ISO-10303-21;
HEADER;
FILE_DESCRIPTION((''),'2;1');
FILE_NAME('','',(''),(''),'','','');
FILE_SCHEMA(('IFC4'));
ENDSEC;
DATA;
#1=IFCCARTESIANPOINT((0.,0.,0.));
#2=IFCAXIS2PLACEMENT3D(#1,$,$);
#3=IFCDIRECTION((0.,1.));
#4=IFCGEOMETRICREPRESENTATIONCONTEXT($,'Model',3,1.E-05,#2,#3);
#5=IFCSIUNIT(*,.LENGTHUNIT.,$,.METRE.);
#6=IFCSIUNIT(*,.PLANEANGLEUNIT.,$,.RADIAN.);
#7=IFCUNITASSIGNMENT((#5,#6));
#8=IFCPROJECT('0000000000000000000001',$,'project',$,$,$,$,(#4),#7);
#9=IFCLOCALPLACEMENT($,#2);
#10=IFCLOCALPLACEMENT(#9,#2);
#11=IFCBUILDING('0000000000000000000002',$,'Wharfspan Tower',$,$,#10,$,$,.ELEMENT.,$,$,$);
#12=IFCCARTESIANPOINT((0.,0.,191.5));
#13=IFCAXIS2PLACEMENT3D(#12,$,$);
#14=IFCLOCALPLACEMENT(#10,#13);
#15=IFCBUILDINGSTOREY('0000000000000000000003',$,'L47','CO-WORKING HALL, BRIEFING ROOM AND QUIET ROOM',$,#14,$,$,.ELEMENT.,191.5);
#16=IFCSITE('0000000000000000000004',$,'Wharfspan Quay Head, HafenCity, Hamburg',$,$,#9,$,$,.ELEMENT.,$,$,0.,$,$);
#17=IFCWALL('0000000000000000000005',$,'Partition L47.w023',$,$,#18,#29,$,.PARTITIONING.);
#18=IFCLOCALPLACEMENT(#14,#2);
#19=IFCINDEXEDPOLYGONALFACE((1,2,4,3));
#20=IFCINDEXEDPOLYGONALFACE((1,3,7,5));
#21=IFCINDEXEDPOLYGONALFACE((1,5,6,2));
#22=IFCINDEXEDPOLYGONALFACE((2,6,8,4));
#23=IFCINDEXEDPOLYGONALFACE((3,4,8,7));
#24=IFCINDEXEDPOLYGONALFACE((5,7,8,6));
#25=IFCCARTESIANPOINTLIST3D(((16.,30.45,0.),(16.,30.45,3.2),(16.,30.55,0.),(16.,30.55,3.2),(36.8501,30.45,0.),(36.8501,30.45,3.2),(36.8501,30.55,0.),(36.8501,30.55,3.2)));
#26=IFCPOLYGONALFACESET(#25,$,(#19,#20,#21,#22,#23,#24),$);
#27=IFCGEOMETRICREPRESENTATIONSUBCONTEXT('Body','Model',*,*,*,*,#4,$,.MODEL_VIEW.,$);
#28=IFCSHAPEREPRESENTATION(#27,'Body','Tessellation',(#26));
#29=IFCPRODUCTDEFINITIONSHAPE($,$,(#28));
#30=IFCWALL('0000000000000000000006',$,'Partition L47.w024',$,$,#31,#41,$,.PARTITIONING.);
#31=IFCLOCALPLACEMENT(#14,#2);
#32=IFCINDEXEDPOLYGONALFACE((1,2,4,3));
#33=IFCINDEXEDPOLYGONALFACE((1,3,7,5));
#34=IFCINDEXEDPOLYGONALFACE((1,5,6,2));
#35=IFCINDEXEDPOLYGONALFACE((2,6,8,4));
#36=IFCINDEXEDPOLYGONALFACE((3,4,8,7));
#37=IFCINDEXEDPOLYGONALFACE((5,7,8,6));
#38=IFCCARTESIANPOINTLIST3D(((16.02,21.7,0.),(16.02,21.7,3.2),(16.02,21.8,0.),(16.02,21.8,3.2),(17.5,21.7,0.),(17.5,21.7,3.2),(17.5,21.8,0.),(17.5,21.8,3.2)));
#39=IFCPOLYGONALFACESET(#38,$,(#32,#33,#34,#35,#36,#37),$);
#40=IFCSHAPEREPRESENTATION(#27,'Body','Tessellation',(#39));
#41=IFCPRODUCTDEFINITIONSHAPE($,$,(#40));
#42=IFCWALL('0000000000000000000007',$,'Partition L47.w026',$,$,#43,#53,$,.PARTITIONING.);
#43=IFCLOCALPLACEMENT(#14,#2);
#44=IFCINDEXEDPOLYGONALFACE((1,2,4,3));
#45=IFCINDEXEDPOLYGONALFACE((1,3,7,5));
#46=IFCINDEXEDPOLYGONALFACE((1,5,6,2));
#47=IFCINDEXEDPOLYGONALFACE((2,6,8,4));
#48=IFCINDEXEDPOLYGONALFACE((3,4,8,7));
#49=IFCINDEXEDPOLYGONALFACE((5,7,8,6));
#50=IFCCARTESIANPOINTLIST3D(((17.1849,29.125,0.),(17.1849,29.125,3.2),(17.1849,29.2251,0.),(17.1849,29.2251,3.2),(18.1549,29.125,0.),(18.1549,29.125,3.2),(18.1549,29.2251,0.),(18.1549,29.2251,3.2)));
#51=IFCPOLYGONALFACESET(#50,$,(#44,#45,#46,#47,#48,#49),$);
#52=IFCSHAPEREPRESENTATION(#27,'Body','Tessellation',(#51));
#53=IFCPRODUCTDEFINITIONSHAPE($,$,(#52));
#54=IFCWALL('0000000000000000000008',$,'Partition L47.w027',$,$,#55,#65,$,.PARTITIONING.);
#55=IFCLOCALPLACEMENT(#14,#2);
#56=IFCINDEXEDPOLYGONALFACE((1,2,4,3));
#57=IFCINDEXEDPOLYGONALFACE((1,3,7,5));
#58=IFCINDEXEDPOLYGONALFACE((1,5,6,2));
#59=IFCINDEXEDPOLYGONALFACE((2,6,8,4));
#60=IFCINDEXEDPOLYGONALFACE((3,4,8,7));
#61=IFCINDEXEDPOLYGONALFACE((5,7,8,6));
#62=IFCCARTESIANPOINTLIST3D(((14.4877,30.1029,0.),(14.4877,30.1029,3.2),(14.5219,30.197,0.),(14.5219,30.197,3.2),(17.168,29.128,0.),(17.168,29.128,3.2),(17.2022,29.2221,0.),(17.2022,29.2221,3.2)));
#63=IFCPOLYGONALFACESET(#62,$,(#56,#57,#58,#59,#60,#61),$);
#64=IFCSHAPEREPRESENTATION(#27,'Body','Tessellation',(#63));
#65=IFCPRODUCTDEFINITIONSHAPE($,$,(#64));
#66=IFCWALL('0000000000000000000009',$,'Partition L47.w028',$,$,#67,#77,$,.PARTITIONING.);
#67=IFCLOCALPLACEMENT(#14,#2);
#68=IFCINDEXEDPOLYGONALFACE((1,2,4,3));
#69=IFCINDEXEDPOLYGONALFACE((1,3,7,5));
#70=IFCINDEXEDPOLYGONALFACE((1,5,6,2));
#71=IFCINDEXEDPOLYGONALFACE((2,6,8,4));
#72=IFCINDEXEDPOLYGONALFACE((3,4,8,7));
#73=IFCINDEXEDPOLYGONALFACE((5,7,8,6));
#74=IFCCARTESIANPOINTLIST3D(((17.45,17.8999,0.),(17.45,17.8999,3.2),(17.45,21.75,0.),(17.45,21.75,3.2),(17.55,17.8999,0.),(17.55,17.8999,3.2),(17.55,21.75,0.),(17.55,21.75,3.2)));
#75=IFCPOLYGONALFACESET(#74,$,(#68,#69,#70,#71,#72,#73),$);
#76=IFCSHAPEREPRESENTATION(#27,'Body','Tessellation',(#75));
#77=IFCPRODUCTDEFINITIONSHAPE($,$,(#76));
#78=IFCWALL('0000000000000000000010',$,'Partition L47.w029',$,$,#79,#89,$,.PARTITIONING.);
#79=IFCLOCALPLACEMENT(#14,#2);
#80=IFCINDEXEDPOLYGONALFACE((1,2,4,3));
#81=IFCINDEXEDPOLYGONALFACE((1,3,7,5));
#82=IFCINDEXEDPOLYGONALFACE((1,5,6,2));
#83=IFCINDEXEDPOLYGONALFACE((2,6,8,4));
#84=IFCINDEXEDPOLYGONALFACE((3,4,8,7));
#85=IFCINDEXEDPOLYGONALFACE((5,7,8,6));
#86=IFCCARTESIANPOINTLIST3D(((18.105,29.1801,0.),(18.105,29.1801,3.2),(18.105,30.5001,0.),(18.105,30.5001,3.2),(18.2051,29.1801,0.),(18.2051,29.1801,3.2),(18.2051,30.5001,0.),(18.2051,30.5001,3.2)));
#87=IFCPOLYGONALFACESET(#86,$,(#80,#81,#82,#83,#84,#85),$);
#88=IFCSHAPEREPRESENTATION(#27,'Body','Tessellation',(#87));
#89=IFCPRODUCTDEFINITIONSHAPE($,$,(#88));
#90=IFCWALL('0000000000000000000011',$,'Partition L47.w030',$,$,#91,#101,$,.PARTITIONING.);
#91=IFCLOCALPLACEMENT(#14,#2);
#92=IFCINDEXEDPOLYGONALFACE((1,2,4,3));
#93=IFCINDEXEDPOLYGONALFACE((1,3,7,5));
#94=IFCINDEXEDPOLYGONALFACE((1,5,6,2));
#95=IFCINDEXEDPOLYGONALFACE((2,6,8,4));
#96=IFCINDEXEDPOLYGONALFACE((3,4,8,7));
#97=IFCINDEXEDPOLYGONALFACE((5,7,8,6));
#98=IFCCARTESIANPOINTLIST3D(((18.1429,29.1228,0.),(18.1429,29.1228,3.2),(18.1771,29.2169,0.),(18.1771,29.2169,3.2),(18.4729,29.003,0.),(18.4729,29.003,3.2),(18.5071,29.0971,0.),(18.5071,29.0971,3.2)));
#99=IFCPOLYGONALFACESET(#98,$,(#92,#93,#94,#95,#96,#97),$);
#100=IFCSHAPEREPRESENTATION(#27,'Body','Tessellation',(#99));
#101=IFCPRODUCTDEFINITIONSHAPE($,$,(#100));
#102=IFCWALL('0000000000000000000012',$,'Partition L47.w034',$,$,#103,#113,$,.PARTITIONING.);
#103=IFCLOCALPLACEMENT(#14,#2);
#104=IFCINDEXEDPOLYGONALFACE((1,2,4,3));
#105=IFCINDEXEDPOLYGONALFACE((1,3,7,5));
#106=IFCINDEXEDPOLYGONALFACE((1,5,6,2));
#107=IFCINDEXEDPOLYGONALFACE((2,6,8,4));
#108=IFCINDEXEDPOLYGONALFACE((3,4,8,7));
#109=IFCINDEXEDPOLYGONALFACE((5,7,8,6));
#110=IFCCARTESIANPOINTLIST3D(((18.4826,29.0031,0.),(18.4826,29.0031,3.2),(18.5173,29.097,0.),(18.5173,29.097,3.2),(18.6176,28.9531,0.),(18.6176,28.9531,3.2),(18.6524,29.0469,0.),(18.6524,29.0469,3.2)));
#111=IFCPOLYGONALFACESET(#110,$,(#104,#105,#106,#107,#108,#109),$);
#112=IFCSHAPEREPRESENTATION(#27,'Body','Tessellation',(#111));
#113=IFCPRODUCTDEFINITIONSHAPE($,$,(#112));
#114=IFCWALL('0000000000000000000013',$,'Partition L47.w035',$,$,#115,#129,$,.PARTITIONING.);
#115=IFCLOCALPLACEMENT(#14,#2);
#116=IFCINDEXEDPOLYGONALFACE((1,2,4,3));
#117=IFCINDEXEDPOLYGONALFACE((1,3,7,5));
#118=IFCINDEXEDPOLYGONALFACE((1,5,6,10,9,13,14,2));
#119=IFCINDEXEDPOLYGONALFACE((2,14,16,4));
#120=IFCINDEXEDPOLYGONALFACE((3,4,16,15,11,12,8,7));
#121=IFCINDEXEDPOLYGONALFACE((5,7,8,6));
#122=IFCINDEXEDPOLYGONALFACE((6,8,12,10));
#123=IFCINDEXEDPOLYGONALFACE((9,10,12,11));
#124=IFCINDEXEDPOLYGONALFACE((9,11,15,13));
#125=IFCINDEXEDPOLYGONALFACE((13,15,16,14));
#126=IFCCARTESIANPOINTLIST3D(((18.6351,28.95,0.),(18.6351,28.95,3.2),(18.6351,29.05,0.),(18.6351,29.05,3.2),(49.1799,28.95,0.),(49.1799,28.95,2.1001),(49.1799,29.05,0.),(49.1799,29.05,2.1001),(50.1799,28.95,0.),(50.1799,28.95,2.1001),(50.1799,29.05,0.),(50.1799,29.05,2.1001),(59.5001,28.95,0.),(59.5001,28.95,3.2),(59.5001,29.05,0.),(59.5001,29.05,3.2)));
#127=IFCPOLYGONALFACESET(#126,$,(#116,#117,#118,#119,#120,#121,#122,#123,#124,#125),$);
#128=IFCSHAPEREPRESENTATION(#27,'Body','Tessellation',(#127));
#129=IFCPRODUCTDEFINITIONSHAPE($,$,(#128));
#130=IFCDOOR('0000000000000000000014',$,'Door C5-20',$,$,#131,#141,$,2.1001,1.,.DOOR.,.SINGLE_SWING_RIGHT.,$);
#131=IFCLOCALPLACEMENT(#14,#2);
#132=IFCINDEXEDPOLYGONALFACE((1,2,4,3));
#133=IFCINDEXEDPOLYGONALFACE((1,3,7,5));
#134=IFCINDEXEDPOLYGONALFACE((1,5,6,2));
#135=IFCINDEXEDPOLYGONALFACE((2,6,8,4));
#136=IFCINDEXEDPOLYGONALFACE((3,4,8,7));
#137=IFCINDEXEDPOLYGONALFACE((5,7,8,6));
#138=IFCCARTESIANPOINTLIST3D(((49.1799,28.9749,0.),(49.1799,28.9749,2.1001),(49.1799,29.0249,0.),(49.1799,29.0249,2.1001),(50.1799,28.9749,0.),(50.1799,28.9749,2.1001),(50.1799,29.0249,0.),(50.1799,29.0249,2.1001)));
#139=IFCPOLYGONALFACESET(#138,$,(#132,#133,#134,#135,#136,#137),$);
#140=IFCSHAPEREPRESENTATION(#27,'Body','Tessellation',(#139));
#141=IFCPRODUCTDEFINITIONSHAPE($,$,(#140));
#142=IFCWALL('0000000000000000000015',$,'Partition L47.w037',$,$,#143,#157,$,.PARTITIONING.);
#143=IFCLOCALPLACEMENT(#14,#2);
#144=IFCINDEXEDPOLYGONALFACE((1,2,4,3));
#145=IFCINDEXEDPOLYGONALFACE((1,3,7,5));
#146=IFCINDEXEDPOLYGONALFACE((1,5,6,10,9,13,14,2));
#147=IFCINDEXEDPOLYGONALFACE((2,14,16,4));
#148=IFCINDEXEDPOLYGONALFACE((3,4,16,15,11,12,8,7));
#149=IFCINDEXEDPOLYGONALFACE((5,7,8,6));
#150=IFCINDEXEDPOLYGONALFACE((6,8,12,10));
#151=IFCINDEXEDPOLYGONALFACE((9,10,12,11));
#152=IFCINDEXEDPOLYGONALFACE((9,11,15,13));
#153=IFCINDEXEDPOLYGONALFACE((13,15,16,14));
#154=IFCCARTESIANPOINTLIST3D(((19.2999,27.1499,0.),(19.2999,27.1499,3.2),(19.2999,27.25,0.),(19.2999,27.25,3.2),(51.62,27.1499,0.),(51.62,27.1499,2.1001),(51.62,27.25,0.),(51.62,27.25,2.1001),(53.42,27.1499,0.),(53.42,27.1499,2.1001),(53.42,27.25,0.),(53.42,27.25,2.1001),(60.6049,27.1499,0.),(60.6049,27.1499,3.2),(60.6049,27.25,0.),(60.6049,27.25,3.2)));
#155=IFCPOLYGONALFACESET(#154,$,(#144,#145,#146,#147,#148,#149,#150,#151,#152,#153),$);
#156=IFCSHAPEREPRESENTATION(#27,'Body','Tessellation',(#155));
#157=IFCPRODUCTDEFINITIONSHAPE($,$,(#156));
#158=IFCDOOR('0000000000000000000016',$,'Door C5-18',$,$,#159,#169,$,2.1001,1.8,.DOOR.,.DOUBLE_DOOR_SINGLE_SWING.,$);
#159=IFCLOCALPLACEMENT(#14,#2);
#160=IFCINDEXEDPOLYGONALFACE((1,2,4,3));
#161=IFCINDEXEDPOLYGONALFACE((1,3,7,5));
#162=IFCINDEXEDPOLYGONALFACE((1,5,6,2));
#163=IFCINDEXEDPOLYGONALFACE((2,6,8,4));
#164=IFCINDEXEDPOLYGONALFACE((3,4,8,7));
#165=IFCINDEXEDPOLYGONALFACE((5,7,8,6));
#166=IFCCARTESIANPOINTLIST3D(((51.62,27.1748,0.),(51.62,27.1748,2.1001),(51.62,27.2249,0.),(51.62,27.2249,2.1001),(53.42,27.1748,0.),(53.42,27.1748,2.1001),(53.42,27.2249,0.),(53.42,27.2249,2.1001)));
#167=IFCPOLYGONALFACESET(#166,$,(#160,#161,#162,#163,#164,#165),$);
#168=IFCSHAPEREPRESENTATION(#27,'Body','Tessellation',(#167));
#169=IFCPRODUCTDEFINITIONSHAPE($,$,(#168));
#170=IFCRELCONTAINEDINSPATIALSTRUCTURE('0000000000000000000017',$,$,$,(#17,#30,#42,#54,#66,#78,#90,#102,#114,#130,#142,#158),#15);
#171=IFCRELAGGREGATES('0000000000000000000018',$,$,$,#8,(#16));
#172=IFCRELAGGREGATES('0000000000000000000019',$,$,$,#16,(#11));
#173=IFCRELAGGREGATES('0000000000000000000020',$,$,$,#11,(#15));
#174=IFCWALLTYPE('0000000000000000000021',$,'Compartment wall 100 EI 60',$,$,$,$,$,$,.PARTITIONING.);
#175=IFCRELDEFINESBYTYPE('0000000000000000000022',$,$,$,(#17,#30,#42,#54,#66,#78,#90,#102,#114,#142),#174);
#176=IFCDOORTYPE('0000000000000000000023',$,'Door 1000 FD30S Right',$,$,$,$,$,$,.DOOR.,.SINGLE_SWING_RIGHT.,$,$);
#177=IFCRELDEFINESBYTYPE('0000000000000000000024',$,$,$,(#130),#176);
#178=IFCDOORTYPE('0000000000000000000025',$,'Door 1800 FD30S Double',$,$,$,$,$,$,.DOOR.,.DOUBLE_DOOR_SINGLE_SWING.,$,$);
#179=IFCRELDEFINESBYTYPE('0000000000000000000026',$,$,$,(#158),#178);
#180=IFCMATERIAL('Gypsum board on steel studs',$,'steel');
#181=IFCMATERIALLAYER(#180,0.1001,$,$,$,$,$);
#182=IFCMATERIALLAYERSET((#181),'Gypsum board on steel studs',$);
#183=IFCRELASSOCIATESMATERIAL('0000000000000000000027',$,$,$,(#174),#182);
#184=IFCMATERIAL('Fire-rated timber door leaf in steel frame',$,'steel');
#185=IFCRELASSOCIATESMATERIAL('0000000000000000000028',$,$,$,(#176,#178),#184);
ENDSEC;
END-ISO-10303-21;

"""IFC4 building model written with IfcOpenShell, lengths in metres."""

from ifc_helpers import new_model, si_unit, direction, frame, frame_2d, origin, place, context, subcontext, project, spatial, rectangle, extrude, material, layer, layer_set, type_object, element, fill, save


model = new_model("IFC4")

# Units and contexts
model_context = context("Model", 3, precision=1e-05, world=origin(), true_north=direction((0.0, 1.0)))
body_context = subcontext(model_context, "Body", "Model", "MODEL_VIEW")
ifc_project = project(units=[si_unit("LENGTHUNIT", "METRE"), si_unit("PLANEANGLEUNIT", "RADIAN")], contexts=[model_context])

# Site, building, storey
site_placement = place(None, origin())
site = spatial("IfcSite", under=ifc_project, at=site_placement, Name="Wharfspan Quay Head, HafenCity, Hamburg", CompositionType="ELEMENT", RefElevation=0.0)
building_placement = place(site_placement, origin())
building = spatial("IfcBuilding", under=site, at=building_placement, Name="Wharfspan Tower", CompositionType="ELEMENT")
storey_placement = place(building_placement, frame((0.0, 0.0, 191.5)))
storey = spatial("IfcBuildingStorey", under=building, at=storey_placement, Name="L47", Description="CO-WORKING HALL, BRIEFING ROOM AND QUIET ROOM", CompositionType="ELEMENT", Elevation=191.5)

# Shared definitions
ifc_material_1 = material(Name="Gypsum board on steel studs", Category="steel")
ifc_layer_1 = layer(ifc_material_1, 0.1001)
ifc_layer_set_1 = layer_set([ifc_layer_1], Name="Gypsum board on steel studs")
wall_type_1 = type_object("IfcWallType", Name="Compartment wall 100 EI 60", PredefinedType="PARTITIONING", material=ifc_layer_set_1)

# Shared definitions
ifc_material_2 = material(Name="Fire-rated timber door leaf in steel frame", Category="steel")

# Walls
wall_1_placement = place(storey_placement, frame((16.0, 30.5, 0.0), z_axis=(0.0, 0.0, 1.0), x_axis=(1.0, 0.0, 0.0)))
element("IfcWall", 1, at=wall_1_placement, inside=storey, type_object=wall_type_1, Name="Partition L47.w023", PredefinedType="PARTITIONING", context=body_context, shape_type="SweptSolid", body=[
    extrude(rectangle(XDim=20.8501, YDim=0.1001, at=frame_2d((10.425, 0.0))), origin(), (0.0, 0.0, 1.0), 3.2),
])
wall_2_placement = place(storey_placement, frame((16.02, 21.75, 0.0), z_axis=(0.0, 0.0, 1.0), x_axis=(1.0, 0.0, 0.0)))
element("IfcWall", 2, at=wall_2_placement, inside=storey, type_object=wall_type_1, Name="Partition L47.w024", PredefinedType="PARTITIONING", context=body_context, shape_type="SweptSolid", body=[
    extrude(rectangle(XDim=1.48, YDim=0.1001, at=frame_2d((0.74, 0.0))), origin(), (0.0, 0.0, 1.0), 3.2),
])
wall_3_placement = place(storey_placement, frame((17.1851, 29.175, 0.0), z_axis=(0.0, 0.0, 1.0), x_axis=(1.0, 0.0, 0.0)))
element("IfcWall", 3, at=wall_3_placement, inside=storey, type_object=wall_type_1, Name="Partition L47.w026", PredefinedType="PARTITIONING", context=body_context, shape_type="SweptSolid", body=[
    extrude(rectangle(XDim=0.97, YDim=0.1001, at=frame_2d((0.4849, 0.0))), origin(), (0.0, 0.0, 1.0), 3.2),
])
wall_4_placement = place(storey_placement, frame((17.1851, 29.175, 0.0), z_axis=(0.0, 0.0, 1.0), x_axis=(-0.939764, 0.341818, 0.0)))
element("IfcWall", 4, at=wall_4_placement, inside=storey, type_object=wall_type_1, Name="Partition L47.w027", PredefinedType="PARTITIONING", context=body_context, shape_type="SweptSolid", body=[
    extrude(rectangle(XDim=2.8521, YDim=0.1001, at=frame_2d((1.426, 0.0))), origin(), (0.0, 0.0, 1.0), 3.2),
])
wall_5_placement = place(storey_placement, frame((17.5, 17.8999, 0.0), z_axis=(0.0, 0.0, 1.0), x_axis=(0.0, 1.0, 0.0)))
element("IfcWall", 5, at=wall_5_placement, inside=storey, type_object=wall_type_1, Name="Partition L47.w028", PredefinedType="PARTITIONING", context=body_context, shape_type="SweptSolid", body=[
    extrude(rectangle(XDim=3.8501, YDim=0.1001, at=frame_2d((1.925, 0.0))), origin(), (0.0, 0.0, 1.0), 3.2),
])
wall_6_placement = place(storey_placement, frame((18.155, 29.1799, 0.0), z_axis=(0.0, 0.0, 1.0), x_axis=(0.0, 1.0, 0.0)))
element("IfcWall", 6, at=wall_6_placement, inside=storey, type_object=wall_type_1, Name="Partition L47.w029", PredefinedType="PARTITIONING", context=body_context, shape_type="SweptSolid", body=[
    extrude(rectangle(XDim=1.3201, YDim=0.1001, at=frame_2d((0.6602, 0.0))), origin(), (0.0, 0.0, 1.0), 3.2),
])
wall_7_placement = place(storey_placement, frame((18.49, 29.05, 0.0), z_axis=(0.0, 0.0, 1.0), x_axis=(-0.939932, 0.341351, 0.0)))
element("IfcWall", 7, at=wall_7_placement, inside=storey, type_object=wall_type_1, Name="Partition L47.w030", PredefinedType="PARTITIONING", context=body_context, shape_type="SweptSolid", body=[
    extrude(rectangle(XDim=0.3511, YDim=0.1001, at=frame_2d((0.1755, 0.0))), origin(), (0.0, 0.0, 1.0), 3.2),
])
wall_8_placement = place(storey_placement, frame((18.635, 29.0, 0.0), z_axis=(0.0, 0.0, 1.0), x_axis=(-0.937648, 0.347591, 0.0)))
element("IfcWall", 8, at=wall_8_placement, inside=storey, type_object=wall_type_1, Name="Partition L47.w034", PredefinedType="PARTITIONING", context=body_context, shape_type="SweptSolid", body=[
    extrude(rectangle(XDim=0.144, YDim=0.1001, at=frame_2d((0.072, 0.0))), origin(), (0.0, 0.0, 1.0), 3.2),
])

# Walls, openings, doors
wall_9_placement = place(storey_placement, frame((18.635, 29.0, 0.0), z_axis=(0.0, 0.0, 1.0), x_axis=(1.0, 0.0, 0.0)))
wall_9 = element("IfcWall", 9, at=wall_9_placement, inside=storey, type_object=wall_type_1, Name="Partition L47.w035", PredefinedType="PARTITIONING", context=body_context, shape_type="SweptSolid", body=[
    extrude(rectangle(XDim=40.865, YDim=0.1001, at=frame_2d((20.4326, 0.0))), origin(), (0.0, 0.0, 1.0), 3.2),
])
opening_1_placement = place(wall_9_placement, frame((30.5449, 0.0, 0.0)))
opening_1 = element("IfcOpeningElement", 10, at=opening_1_placement, cuts=wall_9, PredefinedType="OPENING", context=body_context, shape_type="SweptSolid", body=[
    extrude(rectangle(XDim=1.0, YDim=2.1001, at=frame_2d((0.5, 1.05))), frame((0.0, 0.0601, 0.0), z_axis=(0.0, -1.0, 0.0), x_axis=(1.0, 0.0, 0.0)), (0.0, 0.0, 1.0), 0.1201),
])
door_type_1 = type_object("IfcDoorType", Name="Door 1000 FD30S Right", OperationType="SINGLE_SWING_RIGHT", PredefinedType="DOOR", material=ifc_material_2)
door_1_placement = place(opening_1_placement, origin())
door_1 = element("IfcDoor", 11, at=door_1_placement, inside=storey, type_object=door_type_1, Name="Door C5-20", OperationType="SINGLE_SWING_RIGHT", OverallHeight=2.1001, OverallWidth=1.0, PredefinedType="DOOR", context=body_context, shape_type="SweptSolid", body=[
    extrude(rectangle(XDim=1.0, YDim=2.1001, at=frame_2d((0.5, 1.05))), frame((0.0, 0.0249, 0.0), z_axis=(0.0, -1.0, 0.0), x_axis=(1.0, 0.0, 0.0)), (0.0, 0.0, 1.0), 0.05),
])
fill(opening_1, door_1)
wall_10_placement = place(storey_placement, frame((19.3, 27.2, 0.0), z_axis=(0.0, 0.0, 1.0), x_axis=(1.0, 0.0, 0.0)))
wall_10 = element("IfcWall", 12, at=wall_10_placement, inside=storey, type_object=wall_type_1, Name="Partition L47.w037", PredefinedType="PARTITIONING", context=body_context, shape_type="SweptSolid", body=[
    extrude(rectangle(XDim=41.3049, YDim=0.1001, at=frame_2d((20.6523, 0.0))), origin(), (0.0, 0.0, 1.0), 3.2),
])
opening_2_placement = place(wall_10_placement, frame((32.3201, 0.0, 0.0)))
opening_2 = element("IfcOpeningElement", 13, at=opening_2_placement, cuts=wall_10, PredefinedType="OPENING", context=body_context, shape_type="SweptSolid", body=[
    extrude(rectangle(XDim=1.8, YDim=2.1001, at=frame_2d((0.8999, 1.05))), frame((0.0, 0.0601, 0.0), z_axis=(0.0, -1.0, 0.0), x_axis=(1.0, 0.0, 0.0)), (0.0, 0.0, 1.0), 0.1201),
])
door_type_2 = type_object("IfcDoorType", Name="Door 1800 FD30S Double", OperationType="DOUBLE_DOOR_SINGLE_SWING", PredefinedType="DOOR", material=ifc_material_2)
door_2_placement = place(opening_2_placement, origin())
door_2 = element("IfcDoor", 14, at=door_2_placement, inside=storey, type_object=door_type_2, Name="Door C5-18", OperationType="DOUBLE_DOOR_SINGLE_SWING", OverallHeight=2.1001, OverallWidth=1.8, PredefinedType="DOOR", context=body_context, shape_type="SweptSolid", body=[
    extrude(rectangle(XDim=1.8, YDim=2.1001, at=frame_2d((0.8999, 1.05))), frame((0.0, 0.0249, 0.0), z_axis=(0.0, -1.0, 0.0), x_axis=(1.0, 0.0, 0.0)), (0.0, 0.0, 1.0), 0.05),
])
fill(opening_2, door_2)

save(model, "model.ifc")
